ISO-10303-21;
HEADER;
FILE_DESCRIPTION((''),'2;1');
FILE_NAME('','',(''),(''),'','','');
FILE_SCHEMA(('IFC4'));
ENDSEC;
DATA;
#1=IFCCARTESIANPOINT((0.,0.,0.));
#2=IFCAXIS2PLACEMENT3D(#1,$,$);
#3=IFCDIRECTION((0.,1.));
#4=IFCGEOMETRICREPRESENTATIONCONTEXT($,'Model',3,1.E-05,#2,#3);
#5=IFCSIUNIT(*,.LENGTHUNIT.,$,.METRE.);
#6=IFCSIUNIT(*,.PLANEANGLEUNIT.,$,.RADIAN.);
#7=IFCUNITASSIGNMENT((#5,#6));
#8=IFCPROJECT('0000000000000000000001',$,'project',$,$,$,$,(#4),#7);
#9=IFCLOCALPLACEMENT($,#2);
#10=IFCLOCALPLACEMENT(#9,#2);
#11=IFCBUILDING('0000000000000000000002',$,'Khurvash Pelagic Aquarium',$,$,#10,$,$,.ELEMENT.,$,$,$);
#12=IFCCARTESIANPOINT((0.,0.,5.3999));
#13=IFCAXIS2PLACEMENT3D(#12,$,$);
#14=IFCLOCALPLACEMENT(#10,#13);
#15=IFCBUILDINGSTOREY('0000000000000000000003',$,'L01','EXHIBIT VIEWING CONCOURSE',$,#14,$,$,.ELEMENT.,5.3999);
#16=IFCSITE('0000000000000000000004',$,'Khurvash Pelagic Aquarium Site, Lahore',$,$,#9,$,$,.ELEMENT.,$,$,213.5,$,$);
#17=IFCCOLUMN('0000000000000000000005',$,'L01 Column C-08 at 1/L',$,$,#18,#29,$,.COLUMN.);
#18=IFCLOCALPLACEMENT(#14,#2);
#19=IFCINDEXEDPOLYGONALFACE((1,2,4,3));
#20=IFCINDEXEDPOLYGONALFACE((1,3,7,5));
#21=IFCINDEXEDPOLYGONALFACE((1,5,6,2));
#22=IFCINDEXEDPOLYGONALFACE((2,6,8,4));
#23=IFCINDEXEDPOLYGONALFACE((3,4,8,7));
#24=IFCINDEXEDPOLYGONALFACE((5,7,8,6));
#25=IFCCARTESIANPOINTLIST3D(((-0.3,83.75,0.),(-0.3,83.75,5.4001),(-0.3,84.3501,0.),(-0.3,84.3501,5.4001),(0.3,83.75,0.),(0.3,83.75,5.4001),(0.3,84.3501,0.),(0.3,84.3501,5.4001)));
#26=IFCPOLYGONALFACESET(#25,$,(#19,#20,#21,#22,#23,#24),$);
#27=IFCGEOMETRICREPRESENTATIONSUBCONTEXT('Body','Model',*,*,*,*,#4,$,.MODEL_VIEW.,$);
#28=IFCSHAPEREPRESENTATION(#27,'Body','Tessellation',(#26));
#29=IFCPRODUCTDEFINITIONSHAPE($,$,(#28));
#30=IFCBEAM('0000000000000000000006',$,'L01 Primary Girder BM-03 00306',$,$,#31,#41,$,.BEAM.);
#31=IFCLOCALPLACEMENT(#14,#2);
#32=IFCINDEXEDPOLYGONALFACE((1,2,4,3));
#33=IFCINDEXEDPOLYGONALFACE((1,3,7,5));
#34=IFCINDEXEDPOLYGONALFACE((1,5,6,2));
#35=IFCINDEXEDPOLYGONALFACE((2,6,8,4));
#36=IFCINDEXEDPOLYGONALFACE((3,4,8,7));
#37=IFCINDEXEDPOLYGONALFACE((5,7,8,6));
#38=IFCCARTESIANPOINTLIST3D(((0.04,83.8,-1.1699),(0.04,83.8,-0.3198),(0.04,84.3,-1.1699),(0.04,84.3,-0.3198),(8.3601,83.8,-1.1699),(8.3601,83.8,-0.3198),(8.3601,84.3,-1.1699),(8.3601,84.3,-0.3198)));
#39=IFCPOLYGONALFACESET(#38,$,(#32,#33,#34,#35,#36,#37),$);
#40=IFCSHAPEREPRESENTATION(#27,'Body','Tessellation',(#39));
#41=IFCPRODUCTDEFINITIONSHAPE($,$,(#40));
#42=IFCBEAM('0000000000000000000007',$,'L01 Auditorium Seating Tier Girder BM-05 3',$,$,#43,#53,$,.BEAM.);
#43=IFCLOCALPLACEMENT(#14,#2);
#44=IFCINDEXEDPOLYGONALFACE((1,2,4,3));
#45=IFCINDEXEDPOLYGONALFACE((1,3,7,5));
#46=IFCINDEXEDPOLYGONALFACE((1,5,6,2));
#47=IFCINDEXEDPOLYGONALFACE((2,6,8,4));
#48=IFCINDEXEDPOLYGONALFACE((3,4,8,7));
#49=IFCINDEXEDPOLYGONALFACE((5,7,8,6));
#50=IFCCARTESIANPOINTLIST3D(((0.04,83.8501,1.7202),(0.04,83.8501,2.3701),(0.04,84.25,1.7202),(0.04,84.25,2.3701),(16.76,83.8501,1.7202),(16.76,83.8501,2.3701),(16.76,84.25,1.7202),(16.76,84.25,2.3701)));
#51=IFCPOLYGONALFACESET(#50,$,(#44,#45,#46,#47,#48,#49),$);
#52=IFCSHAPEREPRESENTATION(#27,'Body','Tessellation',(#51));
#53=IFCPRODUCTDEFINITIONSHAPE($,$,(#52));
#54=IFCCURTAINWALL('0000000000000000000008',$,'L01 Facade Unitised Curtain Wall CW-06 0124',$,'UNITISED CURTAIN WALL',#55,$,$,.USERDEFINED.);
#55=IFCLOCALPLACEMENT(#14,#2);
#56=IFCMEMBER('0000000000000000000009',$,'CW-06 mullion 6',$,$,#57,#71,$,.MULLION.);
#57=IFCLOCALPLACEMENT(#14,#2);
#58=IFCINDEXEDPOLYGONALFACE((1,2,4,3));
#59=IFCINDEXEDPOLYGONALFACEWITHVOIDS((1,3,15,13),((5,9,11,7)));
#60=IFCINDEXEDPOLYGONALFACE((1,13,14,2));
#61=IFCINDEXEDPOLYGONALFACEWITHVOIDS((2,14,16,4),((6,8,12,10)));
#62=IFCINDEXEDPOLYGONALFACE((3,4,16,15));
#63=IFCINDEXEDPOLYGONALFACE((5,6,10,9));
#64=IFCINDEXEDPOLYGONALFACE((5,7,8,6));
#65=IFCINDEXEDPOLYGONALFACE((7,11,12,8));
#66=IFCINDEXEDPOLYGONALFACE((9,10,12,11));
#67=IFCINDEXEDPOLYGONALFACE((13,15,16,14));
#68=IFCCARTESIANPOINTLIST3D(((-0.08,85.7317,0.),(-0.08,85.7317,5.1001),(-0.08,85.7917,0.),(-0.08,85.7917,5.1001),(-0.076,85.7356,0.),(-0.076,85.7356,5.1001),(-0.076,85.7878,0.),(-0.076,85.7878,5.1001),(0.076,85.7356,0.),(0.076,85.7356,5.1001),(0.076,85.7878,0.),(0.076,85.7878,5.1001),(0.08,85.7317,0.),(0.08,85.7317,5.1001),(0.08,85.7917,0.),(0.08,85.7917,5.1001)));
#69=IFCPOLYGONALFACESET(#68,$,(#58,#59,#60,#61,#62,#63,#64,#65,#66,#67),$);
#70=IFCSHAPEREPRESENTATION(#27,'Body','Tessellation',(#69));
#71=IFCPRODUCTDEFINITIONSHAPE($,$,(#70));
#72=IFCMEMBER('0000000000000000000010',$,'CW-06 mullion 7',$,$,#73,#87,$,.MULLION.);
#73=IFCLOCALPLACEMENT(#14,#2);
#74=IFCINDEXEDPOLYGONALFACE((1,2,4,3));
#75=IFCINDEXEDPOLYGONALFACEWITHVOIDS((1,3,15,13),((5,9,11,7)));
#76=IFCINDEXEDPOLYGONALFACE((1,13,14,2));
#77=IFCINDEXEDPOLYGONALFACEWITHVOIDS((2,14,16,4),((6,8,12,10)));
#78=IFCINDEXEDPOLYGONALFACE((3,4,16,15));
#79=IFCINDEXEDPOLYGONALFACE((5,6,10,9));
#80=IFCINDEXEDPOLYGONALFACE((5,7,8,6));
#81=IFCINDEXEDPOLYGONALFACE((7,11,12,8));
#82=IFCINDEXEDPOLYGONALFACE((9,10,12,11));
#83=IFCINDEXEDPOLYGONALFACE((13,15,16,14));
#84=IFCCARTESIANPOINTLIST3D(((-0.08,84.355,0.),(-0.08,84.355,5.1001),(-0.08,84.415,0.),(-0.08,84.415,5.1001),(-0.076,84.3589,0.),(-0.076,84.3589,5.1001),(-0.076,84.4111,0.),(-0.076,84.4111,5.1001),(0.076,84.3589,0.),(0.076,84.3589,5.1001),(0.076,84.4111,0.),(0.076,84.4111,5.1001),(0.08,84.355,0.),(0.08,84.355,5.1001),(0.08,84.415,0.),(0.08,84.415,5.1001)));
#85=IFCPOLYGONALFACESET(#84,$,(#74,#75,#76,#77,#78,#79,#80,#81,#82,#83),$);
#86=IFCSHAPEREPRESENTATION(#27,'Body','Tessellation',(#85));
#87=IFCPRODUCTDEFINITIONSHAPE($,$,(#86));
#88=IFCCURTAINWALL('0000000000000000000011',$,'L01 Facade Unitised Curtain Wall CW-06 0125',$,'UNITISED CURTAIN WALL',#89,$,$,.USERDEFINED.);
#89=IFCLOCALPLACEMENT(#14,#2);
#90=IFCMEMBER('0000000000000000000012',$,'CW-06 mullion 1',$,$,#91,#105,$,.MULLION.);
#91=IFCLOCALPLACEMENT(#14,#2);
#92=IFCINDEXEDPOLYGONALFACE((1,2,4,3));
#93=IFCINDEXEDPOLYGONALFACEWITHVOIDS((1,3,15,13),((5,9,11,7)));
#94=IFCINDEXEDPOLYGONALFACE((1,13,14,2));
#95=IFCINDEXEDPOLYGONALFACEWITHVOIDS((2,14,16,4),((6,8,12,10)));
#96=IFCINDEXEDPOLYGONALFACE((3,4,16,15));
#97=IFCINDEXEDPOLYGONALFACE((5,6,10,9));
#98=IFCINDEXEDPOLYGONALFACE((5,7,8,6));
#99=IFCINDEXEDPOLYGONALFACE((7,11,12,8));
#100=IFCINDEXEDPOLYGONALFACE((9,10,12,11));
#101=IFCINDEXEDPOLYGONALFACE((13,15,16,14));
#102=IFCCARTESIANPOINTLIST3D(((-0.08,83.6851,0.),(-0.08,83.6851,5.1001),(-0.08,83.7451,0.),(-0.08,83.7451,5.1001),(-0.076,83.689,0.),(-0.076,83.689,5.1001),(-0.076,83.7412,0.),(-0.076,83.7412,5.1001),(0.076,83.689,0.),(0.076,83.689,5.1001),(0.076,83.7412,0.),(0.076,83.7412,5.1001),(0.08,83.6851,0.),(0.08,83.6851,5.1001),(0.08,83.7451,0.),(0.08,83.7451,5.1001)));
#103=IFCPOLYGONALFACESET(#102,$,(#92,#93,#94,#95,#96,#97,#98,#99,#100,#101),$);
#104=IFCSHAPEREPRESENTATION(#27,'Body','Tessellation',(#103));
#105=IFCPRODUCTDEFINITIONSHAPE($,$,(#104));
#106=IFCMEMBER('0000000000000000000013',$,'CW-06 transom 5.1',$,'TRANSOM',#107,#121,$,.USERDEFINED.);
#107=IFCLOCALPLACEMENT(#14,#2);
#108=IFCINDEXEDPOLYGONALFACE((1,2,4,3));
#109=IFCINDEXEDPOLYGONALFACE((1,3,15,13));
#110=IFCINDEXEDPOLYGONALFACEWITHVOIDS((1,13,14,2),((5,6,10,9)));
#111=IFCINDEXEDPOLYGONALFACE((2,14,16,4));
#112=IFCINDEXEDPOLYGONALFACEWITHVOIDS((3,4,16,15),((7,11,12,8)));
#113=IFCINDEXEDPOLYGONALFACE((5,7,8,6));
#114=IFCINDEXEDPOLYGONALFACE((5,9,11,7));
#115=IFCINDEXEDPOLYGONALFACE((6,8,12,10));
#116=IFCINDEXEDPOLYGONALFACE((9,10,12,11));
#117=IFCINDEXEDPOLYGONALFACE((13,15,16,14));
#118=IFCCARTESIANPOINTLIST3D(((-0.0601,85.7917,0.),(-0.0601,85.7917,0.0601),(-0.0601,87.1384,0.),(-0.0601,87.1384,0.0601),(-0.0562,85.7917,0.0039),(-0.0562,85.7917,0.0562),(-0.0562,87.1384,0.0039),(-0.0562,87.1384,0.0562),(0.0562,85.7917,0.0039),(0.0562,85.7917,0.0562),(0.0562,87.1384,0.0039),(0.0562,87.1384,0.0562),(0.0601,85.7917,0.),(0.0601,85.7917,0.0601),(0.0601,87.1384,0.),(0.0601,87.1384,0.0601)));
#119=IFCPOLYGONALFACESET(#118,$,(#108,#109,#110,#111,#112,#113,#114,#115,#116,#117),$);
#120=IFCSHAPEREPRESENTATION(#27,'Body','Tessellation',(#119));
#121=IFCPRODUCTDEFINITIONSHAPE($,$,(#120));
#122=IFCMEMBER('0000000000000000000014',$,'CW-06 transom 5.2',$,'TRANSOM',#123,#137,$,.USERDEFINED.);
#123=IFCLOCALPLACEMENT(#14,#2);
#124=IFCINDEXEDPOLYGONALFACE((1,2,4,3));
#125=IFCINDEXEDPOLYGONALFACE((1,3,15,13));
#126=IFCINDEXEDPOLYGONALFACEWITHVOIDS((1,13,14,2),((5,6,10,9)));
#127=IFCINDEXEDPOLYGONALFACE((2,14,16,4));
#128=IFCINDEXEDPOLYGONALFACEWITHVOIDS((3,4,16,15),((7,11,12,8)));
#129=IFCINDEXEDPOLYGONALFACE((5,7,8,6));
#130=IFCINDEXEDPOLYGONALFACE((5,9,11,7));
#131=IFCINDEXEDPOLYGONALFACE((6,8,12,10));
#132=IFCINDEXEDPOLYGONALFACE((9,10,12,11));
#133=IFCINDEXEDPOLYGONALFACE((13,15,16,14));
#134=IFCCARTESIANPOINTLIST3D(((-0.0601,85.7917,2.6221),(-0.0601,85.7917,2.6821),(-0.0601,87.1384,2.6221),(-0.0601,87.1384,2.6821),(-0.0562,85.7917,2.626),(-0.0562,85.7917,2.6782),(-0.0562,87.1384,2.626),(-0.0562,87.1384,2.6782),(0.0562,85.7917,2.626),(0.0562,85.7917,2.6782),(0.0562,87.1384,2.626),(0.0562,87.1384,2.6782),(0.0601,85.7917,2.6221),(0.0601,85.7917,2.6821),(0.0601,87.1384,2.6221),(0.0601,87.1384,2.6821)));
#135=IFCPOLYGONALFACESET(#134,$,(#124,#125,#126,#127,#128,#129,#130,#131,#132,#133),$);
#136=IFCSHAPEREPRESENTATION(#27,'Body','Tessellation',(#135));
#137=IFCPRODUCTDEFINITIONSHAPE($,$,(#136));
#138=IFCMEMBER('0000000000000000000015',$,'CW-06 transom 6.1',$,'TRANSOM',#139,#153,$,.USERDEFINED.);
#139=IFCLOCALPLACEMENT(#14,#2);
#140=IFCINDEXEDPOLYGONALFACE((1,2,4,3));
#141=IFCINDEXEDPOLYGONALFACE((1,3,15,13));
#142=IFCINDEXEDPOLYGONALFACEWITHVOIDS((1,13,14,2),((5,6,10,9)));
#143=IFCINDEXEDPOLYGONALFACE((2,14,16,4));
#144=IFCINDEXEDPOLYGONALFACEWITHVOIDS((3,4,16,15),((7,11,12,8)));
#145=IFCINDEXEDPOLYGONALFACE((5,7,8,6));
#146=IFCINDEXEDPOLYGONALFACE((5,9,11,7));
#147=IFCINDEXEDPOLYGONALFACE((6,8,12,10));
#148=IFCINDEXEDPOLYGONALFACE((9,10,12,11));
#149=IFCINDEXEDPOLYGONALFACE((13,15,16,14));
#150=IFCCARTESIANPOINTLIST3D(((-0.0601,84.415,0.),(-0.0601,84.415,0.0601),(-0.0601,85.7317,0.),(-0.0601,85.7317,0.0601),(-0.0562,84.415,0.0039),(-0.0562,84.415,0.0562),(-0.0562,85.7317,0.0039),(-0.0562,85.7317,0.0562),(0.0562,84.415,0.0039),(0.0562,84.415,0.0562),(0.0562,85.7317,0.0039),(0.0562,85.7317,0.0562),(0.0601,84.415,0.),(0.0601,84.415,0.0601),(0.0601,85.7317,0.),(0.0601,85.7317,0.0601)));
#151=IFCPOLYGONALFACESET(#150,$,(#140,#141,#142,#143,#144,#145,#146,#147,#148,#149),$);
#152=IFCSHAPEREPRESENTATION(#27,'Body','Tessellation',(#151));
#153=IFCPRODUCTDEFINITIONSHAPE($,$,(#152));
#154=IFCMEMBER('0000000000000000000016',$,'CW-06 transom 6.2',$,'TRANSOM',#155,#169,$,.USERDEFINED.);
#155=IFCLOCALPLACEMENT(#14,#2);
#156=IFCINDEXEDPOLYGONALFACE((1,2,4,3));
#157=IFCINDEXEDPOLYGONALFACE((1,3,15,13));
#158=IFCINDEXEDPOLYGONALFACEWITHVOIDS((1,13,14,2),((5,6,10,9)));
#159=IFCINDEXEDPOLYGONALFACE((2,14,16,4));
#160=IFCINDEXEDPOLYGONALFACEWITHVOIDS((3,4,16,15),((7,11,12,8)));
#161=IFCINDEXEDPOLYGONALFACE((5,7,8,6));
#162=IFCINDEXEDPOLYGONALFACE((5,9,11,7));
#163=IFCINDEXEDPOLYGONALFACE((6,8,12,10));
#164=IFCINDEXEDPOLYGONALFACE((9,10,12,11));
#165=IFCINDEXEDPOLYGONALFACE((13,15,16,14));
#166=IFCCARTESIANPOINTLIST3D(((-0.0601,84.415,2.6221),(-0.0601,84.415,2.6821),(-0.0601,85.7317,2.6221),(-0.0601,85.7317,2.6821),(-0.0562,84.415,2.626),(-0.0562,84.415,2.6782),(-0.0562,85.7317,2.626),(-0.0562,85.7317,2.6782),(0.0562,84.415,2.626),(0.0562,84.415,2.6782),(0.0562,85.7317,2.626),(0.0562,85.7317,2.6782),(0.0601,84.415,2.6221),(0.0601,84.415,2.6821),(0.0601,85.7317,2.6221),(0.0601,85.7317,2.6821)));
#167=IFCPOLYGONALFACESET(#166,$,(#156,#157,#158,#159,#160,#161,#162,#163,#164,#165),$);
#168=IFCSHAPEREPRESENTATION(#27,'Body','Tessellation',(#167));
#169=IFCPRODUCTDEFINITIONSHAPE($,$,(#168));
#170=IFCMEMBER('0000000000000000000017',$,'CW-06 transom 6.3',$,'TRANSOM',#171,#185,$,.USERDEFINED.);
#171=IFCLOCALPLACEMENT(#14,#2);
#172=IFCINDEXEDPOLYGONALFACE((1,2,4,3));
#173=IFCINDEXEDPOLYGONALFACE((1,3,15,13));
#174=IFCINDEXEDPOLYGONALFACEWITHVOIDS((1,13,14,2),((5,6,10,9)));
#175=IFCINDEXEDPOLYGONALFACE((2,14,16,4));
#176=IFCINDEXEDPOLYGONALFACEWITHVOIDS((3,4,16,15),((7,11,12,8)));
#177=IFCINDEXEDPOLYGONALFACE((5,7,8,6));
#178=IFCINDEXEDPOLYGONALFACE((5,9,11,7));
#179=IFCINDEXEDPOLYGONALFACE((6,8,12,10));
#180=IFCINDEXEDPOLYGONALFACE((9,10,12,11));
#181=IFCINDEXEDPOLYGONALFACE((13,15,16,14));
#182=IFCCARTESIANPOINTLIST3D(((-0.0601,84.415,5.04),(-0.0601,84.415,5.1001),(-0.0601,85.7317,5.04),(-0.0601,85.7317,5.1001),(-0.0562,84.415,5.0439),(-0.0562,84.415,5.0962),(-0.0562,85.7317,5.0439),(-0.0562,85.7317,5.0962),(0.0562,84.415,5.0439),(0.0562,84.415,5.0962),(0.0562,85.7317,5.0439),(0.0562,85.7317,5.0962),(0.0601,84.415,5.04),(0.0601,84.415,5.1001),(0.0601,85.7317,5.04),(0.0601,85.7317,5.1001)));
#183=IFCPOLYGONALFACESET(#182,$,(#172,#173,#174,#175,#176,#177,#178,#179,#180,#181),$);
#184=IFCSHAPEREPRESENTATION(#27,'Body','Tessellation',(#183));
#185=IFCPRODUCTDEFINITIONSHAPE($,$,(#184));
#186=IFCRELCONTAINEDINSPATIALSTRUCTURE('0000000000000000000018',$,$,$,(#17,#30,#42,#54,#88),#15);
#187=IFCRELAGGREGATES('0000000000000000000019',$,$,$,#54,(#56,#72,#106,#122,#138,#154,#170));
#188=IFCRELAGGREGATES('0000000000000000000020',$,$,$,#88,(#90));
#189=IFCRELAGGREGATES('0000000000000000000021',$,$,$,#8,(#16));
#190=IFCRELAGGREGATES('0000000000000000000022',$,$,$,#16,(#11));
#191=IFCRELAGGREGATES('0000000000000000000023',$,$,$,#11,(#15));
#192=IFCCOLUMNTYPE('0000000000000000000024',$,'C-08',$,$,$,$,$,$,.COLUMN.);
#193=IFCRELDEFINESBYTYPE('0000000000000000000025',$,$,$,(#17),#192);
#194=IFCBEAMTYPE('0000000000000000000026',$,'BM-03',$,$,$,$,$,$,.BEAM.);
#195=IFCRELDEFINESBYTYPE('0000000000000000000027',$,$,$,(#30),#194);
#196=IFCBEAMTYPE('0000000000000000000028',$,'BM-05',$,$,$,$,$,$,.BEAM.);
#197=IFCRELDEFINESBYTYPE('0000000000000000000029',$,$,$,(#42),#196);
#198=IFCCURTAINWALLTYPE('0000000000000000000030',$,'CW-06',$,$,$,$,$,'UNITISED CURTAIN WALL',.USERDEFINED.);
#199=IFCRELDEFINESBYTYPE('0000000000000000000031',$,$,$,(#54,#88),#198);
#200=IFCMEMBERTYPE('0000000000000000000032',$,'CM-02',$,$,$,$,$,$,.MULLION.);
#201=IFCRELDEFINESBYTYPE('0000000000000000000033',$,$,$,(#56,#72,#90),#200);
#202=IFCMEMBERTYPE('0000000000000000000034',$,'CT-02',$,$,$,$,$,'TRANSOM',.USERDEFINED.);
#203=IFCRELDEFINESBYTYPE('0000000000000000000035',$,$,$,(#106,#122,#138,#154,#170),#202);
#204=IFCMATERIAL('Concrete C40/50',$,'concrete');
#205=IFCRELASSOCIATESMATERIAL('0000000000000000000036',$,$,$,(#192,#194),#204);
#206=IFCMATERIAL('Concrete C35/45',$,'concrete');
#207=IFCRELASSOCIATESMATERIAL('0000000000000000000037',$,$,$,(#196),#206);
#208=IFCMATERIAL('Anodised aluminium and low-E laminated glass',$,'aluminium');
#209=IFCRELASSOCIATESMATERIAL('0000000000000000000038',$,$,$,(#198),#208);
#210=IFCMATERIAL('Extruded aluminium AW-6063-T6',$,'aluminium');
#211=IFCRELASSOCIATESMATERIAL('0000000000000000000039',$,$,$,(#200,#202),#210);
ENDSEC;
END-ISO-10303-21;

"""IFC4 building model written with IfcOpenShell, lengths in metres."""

from ifc_helpers import new_model, si_unit, direction, frame, origin, origin_2d, place, context, subcontext, project, spatial, rectangle, hollow_rectangle, extrude, material, material_profile, profile_set, type_object, element, aggregate, save


model = new_model("IFC4")

# Units and contexts
model_context = context("Model", 3, precision=1e-05, world=origin(), true_north=direction((0.0, 1.0)))
body_context = subcontext(model_context, "Body", "Model", "MODEL_VIEW")
ifc_project = project(units=[si_unit("LENGTHUNIT", "METRE"), si_unit("PLANEANGLEUNIT", "RADIAN")], contexts=[model_context])

# Site, building, storey
site_placement = place(None, origin())
site = spatial("IfcSite", under=ifc_project, at=site_placement, Name="Khurvash Pelagic Aquarium Site, Lahore", CompositionType="ELEMENT", RefElevation=213.5)
building_placement = place(site_placement, origin())
building = spatial("IfcBuilding", under=site, at=building_placement, Name="Khurvash Pelagic Aquarium", CompositionType="ELEMENT")
storey_placement = place(building_placement, frame((0.0, 0.0, 5.3999)))
storey = spatial("IfcBuildingStorey", under=building, at=storey_placement, Name="L01", Description="EXHIBIT VIEWING CONCOURSE", CompositionType="ELEMENT", Elevation=5.3999)

# Column
ifc_material_1 = material(Name="Concrete C40/50", Category="concrete")
ifc_material_profile_1 = material_profile(ifc_material_1, rectangle(XDim=0.6001, YDim=0.6001, at=origin_2d()), Name="RC600X600")
ifc_profile_set_1 = profile_set([ifc_material_profile_1], Name="Concrete C40/50")
column_type = type_object("IfcColumnType", Name="C-08", PredefinedType="COLUMN", material=ifc_profile_set_1)
column_placement = place(storey_placement, frame((0.0, 84.05, 0.0), z_axis=(0.0, 0.0, 1.0), x_axis=(1.0, 0.0, 0.0)))
element("IfcColumn", 1, at=column_placement, inside=storey, type_object=column_type, Name="L01 Column C-08 at 1/L", PredefinedType="COLUMN", context=body_context, shape_type="SweptSolid", body=[
    extrude(rectangle(XDim=0.6001, YDim=0.6001, at=origin_2d()), origin(), (0.0, 0.0, 1.0), 5.4001),
])

# Beams
ifc_material_profile_2 = material_profile(ifc_material_1, rectangle(XDim=0.5, YDim=0.8501, at=origin_2d()), Name="RC500X850")
ifc_profile_set_2 = profile_set([ifc_material_profile_2], Name="Concrete C40/50")
beam_type_1 = type_object("IfcBeamType", Name="BM-03", PredefinedType="BEAM", material=ifc_profile_set_2)
beam_1_placement = place(storey_placement, frame((0.04, 84.05, -0.7449), z_axis=(1.0, 0.0, 0.0), x_axis=(0.0, 1.0, 0.0)))
element("IfcBeam", 2, at=beam_1_placement, inside=storey, type_object=beam_type_1, Name="L01 Primary Girder BM-03 00306", PredefinedType="BEAM", context=body_context, shape_type="SweptSolid", body=[
    extrude(rectangle(XDim=0.5, YDim=0.8501, at=origin_2d()), origin(), (0.0, 0.0, 1.0), 8.3201),
])
ifc_material_2 = material(Name="Concrete C35/45", Category="concrete")
ifc_material_profile_3 = material_profile(ifc_material_2, rectangle(XDim=0.3999, YDim=0.6499, at=origin_2d()), Name="RC400X650")
ifc_profile_set_3 = profile_set([ifc_material_profile_3], Name="Concrete C35/45")
beam_type_2 = type_object("IfcBeamType", Name="BM-05", PredefinedType="BEAM", material=ifc_profile_set_3)
beam_2_placement = place(storey_placement, frame((0.04, 84.05, 2.0452), z_axis=(1.0, 0.0, 0.0), x_axis=(0.0, 1.0, 0.0)))
element("IfcBeam", 3, at=beam_2_placement, inside=storey, type_object=beam_type_2, Name="L01 Auditorium Seating Tier Girder BM-05 3", PredefinedType="BEAM", context=body_context, shape_type="SweptSolid", body=[
    extrude(rectangle(XDim=0.3999, YDim=0.6499, at=origin_2d()), origin(), (0.0, 0.0, 1.0), 16.72),
])

# Curtain wall, members
ifc_material_3 = material(Name="Anodised aluminium and low-E laminated glass", Category="aluminium")
curtain_wall_type = type_object("IfcCurtainWallType", Name="CW-06", ElementType="UNITISED CURTAIN WALL", PredefinedType="USERDEFINED", material=ifc_material_3)
curtain_wall_1_placement = place(storey_placement, origin())
curtain_wall_1 = element("IfcCurtainWall", 4, at=curtain_wall_1_placement, inside=storey, type_object=curtain_wall_type, Name="L01 Facade Unitised Curtain Wall CW-06 0124", ObjectType="UNITISED CURTAIN WALL", PredefinedType="USERDEFINED")
ifc_material_4 = material(Name="Extruded aluminium AW-6063-T6", Category="aluminium")
ifc_material_profile_4 = material_profile(ifc_material_4, hollow_rectangle(XDim=0.0601, YDim=0.1599, WallThickness=0.0039, at=origin_2d()), Name="CWM60X160X4")
ifc_profile_set_4 = profile_set([ifc_material_profile_4], Name="Extruded aluminium AW-6063-T6")
member_type_1 = type_object("IfcMemberType", Name="CM-02", PredefinedType="MULLION", material=ifc_profile_set_4)
member_1_placement = place(storey_placement, frame((0.0, 85.7617, 0.0), z_axis=(0.0, 0.0, 1.0), x_axis=(0.0, -1.0, 0.0)))
member_1 = element("IfcMember", 5, at=member_1_placement, type_object=member_type_1, Name="CW-06 mullion 6", PredefinedType="MULLION", context=body_context, shape_type="SweptSolid", body=[
    extrude(hollow_rectangle(XDim=0.0601, YDim=0.1599, WallThickness=0.0039, at=origin_2d()), origin(), (0.0, 0.0, 1.0), 5.1001),
])
member_2_placement = place(storey_placement, frame((0.0, 84.385, 0.0), z_axis=(0.0, 0.0, 1.0), x_axis=(0.0, -1.0, 0.0)))
member_2 = element("IfcMember", 6, at=member_2_placement, type_object=member_type_1, Name="CW-06 mullion 7", PredefinedType="MULLION", context=body_context, shape_type="SweptSolid", body=[
    extrude(hollow_rectangle(XDim=0.0601, YDim=0.1599, WallThickness=0.0039, at=origin_2d()), origin(), (0.0, 0.0, 1.0), 5.1001),
])

# Curtain wall, member
curtain_wall_2_placement = place(storey_placement, origin())
curtain_wall_2 = element("IfcCurtainWall", 7, at=curtain_wall_2_placement, inside=storey, type_object=curtain_wall_type, Name="L01 Facade Unitised Curtain Wall CW-06 0125", ObjectType="UNITISED CURTAIN WALL", PredefinedType="USERDEFINED")
member_3_placement = place(storey_placement, frame((0.0, 83.7151, 0.0), z_axis=(0.0, 0.0, 1.0), x_axis=(0.0, -1.0, 0.0)))
member_3 = element("IfcMember", 8, at=member_3_placement, type_object=member_type_1, Name="CW-06 mullion 1", PredefinedType="MULLION", context=body_context, shape_type="SweptSolid", body=[
    extrude(hollow_rectangle(XDim=0.0601, YDim=0.1599, WallThickness=0.0039, at=origin_2d()), origin(), (0.0, 0.0, 1.0), 5.1001),
])

# Members
ifc_material_profile_5 = material_profile(ifc_material_4, hollow_rectangle(XDim=0.1201, YDim=0.0601, WallThickness=0.0039, at=origin_2d()), Name="CWT120X60X4")
ifc_profile_set_5 = profile_set([ifc_material_profile_5], Name="Extruded aluminium AW-6063-T6")
member_type_2 = type_object("IfcMemberType", Name="CT-02", ElementType="TRANSOM", PredefinedType="USERDEFINED", material=ifc_profile_set_5)
member_4_placement = place(storey_placement, frame((0.0, 87.1384, 0.03), z_axis=(0.0, -1.0, 0.0), x_axis=(1.0, 0.0, 0.0)))
member_4 = element("IfcMember", 9, at=member_4_placement, type_object=member_type_2, Name="CW-06 transom 5.1", ObjectType="TRANSOM", PredefinedType="USERDEFINED", context=body_context, shape_type="SweptSolid", body=[
    extrude(hollow_rectangle(XDim=0.1201, YDim=0.0601, WallThickness=0.0039, at=origin_2d()), origin(), (0.0, 0.0, 1.0), 1.3467),
])
member_5_placement = place(storey_placement, frame((0.0, 87.1384, 2.6521), z_axis=(0.0, -1.0, 0.0), x_axis=(1.0, 0.0, 0.0)))
member_5 = element("IfcMember", 10, at=member_5_placement, type_object=member_type_2, Name="CW-06 transom 5.2", ObjectType="TRANSOM", PredefinedType="USERDEFINED", context=body_context, shape_type="SweptSolid", body=[
    extrude(hollow_rectangle(XDim=0.1201, YDim=0.0601, WallThickness=0.0039, at=origin_2d()), origin(), (0.0, 0.0, 1.0), 1.3467),
])
member_6_placement = place(storey_placement, frame((0.0, 85.7317, 0.03), z_axis=(0.0, -1.0, 0.0), x_axis=(1.0, 0.0, 0.0)))
member_6 = element("IfcMember", 11, at=member_6_placement, type_object=member_type_2, Name="CW-06 transom 6.1", ObjectType="TRANSOM", PredefinedType="USERDEFINED", context=body_context, shape_type="SweptSolid", body=[
    extrude(hollow_rectangle(XDim=0.1201, YDim=0.0601, WallThickness=0.0039, at=origin_2d()), origin(), (0.0, 0.0, 1.0), 1.3167),
])
member_7_placement = place(storey_placement, frame((0.0, 85.7317, 2.6521), z_axis=(0.0, -1.0, 0.0), x_axis=(1.0, 0.0, 0.0)))
member_7 = element("IfcMember", 12, at=member_7_placement, type_object=member_type_2, Name="CW-06 transom 6.2", ObjectType="TRANSOM", PredefinedType="USERDEFINED", context=body_context, shape_type="SweptSolid", body=[
    extrude(hollow_rectangle(XDim=0.1201, YDim=0.0601, WallThickness=0.0039, at=origin_2d()), origin(), (0.0, 0.0, 1.0), 1.3167),
])
member_8_placement = place(storey_placement, frame((0.0, 85.7317, 5.0701), z_axis=(0.0, -1.0, 0.0), x_axis=(1.0, 0.0, 0.0)))
member_8 = element("IfcMember", 13, at=member_8_placement, type_object=member_type_2, Name="CW-06 transom 6.3", ObjectType="TRANSOM", PredefinedType="USERDEFINED", context=body_context, shape_type="SweptSolid", body=[
    extrude(hollow_rectangle(XDim=0.1201, YDim=0.0601, WallThickness=0.0039, at=origin_2d()), origin(), (0.0, 0.0, 1.0), 1.3167),
])

aggregate(curtain_wall_1, [member_1, member_2, member_4, member_5, member_6, member_7, member_8])
aggregate(curtain_wall_2, [member_3])

save(model, "model.ifc")
